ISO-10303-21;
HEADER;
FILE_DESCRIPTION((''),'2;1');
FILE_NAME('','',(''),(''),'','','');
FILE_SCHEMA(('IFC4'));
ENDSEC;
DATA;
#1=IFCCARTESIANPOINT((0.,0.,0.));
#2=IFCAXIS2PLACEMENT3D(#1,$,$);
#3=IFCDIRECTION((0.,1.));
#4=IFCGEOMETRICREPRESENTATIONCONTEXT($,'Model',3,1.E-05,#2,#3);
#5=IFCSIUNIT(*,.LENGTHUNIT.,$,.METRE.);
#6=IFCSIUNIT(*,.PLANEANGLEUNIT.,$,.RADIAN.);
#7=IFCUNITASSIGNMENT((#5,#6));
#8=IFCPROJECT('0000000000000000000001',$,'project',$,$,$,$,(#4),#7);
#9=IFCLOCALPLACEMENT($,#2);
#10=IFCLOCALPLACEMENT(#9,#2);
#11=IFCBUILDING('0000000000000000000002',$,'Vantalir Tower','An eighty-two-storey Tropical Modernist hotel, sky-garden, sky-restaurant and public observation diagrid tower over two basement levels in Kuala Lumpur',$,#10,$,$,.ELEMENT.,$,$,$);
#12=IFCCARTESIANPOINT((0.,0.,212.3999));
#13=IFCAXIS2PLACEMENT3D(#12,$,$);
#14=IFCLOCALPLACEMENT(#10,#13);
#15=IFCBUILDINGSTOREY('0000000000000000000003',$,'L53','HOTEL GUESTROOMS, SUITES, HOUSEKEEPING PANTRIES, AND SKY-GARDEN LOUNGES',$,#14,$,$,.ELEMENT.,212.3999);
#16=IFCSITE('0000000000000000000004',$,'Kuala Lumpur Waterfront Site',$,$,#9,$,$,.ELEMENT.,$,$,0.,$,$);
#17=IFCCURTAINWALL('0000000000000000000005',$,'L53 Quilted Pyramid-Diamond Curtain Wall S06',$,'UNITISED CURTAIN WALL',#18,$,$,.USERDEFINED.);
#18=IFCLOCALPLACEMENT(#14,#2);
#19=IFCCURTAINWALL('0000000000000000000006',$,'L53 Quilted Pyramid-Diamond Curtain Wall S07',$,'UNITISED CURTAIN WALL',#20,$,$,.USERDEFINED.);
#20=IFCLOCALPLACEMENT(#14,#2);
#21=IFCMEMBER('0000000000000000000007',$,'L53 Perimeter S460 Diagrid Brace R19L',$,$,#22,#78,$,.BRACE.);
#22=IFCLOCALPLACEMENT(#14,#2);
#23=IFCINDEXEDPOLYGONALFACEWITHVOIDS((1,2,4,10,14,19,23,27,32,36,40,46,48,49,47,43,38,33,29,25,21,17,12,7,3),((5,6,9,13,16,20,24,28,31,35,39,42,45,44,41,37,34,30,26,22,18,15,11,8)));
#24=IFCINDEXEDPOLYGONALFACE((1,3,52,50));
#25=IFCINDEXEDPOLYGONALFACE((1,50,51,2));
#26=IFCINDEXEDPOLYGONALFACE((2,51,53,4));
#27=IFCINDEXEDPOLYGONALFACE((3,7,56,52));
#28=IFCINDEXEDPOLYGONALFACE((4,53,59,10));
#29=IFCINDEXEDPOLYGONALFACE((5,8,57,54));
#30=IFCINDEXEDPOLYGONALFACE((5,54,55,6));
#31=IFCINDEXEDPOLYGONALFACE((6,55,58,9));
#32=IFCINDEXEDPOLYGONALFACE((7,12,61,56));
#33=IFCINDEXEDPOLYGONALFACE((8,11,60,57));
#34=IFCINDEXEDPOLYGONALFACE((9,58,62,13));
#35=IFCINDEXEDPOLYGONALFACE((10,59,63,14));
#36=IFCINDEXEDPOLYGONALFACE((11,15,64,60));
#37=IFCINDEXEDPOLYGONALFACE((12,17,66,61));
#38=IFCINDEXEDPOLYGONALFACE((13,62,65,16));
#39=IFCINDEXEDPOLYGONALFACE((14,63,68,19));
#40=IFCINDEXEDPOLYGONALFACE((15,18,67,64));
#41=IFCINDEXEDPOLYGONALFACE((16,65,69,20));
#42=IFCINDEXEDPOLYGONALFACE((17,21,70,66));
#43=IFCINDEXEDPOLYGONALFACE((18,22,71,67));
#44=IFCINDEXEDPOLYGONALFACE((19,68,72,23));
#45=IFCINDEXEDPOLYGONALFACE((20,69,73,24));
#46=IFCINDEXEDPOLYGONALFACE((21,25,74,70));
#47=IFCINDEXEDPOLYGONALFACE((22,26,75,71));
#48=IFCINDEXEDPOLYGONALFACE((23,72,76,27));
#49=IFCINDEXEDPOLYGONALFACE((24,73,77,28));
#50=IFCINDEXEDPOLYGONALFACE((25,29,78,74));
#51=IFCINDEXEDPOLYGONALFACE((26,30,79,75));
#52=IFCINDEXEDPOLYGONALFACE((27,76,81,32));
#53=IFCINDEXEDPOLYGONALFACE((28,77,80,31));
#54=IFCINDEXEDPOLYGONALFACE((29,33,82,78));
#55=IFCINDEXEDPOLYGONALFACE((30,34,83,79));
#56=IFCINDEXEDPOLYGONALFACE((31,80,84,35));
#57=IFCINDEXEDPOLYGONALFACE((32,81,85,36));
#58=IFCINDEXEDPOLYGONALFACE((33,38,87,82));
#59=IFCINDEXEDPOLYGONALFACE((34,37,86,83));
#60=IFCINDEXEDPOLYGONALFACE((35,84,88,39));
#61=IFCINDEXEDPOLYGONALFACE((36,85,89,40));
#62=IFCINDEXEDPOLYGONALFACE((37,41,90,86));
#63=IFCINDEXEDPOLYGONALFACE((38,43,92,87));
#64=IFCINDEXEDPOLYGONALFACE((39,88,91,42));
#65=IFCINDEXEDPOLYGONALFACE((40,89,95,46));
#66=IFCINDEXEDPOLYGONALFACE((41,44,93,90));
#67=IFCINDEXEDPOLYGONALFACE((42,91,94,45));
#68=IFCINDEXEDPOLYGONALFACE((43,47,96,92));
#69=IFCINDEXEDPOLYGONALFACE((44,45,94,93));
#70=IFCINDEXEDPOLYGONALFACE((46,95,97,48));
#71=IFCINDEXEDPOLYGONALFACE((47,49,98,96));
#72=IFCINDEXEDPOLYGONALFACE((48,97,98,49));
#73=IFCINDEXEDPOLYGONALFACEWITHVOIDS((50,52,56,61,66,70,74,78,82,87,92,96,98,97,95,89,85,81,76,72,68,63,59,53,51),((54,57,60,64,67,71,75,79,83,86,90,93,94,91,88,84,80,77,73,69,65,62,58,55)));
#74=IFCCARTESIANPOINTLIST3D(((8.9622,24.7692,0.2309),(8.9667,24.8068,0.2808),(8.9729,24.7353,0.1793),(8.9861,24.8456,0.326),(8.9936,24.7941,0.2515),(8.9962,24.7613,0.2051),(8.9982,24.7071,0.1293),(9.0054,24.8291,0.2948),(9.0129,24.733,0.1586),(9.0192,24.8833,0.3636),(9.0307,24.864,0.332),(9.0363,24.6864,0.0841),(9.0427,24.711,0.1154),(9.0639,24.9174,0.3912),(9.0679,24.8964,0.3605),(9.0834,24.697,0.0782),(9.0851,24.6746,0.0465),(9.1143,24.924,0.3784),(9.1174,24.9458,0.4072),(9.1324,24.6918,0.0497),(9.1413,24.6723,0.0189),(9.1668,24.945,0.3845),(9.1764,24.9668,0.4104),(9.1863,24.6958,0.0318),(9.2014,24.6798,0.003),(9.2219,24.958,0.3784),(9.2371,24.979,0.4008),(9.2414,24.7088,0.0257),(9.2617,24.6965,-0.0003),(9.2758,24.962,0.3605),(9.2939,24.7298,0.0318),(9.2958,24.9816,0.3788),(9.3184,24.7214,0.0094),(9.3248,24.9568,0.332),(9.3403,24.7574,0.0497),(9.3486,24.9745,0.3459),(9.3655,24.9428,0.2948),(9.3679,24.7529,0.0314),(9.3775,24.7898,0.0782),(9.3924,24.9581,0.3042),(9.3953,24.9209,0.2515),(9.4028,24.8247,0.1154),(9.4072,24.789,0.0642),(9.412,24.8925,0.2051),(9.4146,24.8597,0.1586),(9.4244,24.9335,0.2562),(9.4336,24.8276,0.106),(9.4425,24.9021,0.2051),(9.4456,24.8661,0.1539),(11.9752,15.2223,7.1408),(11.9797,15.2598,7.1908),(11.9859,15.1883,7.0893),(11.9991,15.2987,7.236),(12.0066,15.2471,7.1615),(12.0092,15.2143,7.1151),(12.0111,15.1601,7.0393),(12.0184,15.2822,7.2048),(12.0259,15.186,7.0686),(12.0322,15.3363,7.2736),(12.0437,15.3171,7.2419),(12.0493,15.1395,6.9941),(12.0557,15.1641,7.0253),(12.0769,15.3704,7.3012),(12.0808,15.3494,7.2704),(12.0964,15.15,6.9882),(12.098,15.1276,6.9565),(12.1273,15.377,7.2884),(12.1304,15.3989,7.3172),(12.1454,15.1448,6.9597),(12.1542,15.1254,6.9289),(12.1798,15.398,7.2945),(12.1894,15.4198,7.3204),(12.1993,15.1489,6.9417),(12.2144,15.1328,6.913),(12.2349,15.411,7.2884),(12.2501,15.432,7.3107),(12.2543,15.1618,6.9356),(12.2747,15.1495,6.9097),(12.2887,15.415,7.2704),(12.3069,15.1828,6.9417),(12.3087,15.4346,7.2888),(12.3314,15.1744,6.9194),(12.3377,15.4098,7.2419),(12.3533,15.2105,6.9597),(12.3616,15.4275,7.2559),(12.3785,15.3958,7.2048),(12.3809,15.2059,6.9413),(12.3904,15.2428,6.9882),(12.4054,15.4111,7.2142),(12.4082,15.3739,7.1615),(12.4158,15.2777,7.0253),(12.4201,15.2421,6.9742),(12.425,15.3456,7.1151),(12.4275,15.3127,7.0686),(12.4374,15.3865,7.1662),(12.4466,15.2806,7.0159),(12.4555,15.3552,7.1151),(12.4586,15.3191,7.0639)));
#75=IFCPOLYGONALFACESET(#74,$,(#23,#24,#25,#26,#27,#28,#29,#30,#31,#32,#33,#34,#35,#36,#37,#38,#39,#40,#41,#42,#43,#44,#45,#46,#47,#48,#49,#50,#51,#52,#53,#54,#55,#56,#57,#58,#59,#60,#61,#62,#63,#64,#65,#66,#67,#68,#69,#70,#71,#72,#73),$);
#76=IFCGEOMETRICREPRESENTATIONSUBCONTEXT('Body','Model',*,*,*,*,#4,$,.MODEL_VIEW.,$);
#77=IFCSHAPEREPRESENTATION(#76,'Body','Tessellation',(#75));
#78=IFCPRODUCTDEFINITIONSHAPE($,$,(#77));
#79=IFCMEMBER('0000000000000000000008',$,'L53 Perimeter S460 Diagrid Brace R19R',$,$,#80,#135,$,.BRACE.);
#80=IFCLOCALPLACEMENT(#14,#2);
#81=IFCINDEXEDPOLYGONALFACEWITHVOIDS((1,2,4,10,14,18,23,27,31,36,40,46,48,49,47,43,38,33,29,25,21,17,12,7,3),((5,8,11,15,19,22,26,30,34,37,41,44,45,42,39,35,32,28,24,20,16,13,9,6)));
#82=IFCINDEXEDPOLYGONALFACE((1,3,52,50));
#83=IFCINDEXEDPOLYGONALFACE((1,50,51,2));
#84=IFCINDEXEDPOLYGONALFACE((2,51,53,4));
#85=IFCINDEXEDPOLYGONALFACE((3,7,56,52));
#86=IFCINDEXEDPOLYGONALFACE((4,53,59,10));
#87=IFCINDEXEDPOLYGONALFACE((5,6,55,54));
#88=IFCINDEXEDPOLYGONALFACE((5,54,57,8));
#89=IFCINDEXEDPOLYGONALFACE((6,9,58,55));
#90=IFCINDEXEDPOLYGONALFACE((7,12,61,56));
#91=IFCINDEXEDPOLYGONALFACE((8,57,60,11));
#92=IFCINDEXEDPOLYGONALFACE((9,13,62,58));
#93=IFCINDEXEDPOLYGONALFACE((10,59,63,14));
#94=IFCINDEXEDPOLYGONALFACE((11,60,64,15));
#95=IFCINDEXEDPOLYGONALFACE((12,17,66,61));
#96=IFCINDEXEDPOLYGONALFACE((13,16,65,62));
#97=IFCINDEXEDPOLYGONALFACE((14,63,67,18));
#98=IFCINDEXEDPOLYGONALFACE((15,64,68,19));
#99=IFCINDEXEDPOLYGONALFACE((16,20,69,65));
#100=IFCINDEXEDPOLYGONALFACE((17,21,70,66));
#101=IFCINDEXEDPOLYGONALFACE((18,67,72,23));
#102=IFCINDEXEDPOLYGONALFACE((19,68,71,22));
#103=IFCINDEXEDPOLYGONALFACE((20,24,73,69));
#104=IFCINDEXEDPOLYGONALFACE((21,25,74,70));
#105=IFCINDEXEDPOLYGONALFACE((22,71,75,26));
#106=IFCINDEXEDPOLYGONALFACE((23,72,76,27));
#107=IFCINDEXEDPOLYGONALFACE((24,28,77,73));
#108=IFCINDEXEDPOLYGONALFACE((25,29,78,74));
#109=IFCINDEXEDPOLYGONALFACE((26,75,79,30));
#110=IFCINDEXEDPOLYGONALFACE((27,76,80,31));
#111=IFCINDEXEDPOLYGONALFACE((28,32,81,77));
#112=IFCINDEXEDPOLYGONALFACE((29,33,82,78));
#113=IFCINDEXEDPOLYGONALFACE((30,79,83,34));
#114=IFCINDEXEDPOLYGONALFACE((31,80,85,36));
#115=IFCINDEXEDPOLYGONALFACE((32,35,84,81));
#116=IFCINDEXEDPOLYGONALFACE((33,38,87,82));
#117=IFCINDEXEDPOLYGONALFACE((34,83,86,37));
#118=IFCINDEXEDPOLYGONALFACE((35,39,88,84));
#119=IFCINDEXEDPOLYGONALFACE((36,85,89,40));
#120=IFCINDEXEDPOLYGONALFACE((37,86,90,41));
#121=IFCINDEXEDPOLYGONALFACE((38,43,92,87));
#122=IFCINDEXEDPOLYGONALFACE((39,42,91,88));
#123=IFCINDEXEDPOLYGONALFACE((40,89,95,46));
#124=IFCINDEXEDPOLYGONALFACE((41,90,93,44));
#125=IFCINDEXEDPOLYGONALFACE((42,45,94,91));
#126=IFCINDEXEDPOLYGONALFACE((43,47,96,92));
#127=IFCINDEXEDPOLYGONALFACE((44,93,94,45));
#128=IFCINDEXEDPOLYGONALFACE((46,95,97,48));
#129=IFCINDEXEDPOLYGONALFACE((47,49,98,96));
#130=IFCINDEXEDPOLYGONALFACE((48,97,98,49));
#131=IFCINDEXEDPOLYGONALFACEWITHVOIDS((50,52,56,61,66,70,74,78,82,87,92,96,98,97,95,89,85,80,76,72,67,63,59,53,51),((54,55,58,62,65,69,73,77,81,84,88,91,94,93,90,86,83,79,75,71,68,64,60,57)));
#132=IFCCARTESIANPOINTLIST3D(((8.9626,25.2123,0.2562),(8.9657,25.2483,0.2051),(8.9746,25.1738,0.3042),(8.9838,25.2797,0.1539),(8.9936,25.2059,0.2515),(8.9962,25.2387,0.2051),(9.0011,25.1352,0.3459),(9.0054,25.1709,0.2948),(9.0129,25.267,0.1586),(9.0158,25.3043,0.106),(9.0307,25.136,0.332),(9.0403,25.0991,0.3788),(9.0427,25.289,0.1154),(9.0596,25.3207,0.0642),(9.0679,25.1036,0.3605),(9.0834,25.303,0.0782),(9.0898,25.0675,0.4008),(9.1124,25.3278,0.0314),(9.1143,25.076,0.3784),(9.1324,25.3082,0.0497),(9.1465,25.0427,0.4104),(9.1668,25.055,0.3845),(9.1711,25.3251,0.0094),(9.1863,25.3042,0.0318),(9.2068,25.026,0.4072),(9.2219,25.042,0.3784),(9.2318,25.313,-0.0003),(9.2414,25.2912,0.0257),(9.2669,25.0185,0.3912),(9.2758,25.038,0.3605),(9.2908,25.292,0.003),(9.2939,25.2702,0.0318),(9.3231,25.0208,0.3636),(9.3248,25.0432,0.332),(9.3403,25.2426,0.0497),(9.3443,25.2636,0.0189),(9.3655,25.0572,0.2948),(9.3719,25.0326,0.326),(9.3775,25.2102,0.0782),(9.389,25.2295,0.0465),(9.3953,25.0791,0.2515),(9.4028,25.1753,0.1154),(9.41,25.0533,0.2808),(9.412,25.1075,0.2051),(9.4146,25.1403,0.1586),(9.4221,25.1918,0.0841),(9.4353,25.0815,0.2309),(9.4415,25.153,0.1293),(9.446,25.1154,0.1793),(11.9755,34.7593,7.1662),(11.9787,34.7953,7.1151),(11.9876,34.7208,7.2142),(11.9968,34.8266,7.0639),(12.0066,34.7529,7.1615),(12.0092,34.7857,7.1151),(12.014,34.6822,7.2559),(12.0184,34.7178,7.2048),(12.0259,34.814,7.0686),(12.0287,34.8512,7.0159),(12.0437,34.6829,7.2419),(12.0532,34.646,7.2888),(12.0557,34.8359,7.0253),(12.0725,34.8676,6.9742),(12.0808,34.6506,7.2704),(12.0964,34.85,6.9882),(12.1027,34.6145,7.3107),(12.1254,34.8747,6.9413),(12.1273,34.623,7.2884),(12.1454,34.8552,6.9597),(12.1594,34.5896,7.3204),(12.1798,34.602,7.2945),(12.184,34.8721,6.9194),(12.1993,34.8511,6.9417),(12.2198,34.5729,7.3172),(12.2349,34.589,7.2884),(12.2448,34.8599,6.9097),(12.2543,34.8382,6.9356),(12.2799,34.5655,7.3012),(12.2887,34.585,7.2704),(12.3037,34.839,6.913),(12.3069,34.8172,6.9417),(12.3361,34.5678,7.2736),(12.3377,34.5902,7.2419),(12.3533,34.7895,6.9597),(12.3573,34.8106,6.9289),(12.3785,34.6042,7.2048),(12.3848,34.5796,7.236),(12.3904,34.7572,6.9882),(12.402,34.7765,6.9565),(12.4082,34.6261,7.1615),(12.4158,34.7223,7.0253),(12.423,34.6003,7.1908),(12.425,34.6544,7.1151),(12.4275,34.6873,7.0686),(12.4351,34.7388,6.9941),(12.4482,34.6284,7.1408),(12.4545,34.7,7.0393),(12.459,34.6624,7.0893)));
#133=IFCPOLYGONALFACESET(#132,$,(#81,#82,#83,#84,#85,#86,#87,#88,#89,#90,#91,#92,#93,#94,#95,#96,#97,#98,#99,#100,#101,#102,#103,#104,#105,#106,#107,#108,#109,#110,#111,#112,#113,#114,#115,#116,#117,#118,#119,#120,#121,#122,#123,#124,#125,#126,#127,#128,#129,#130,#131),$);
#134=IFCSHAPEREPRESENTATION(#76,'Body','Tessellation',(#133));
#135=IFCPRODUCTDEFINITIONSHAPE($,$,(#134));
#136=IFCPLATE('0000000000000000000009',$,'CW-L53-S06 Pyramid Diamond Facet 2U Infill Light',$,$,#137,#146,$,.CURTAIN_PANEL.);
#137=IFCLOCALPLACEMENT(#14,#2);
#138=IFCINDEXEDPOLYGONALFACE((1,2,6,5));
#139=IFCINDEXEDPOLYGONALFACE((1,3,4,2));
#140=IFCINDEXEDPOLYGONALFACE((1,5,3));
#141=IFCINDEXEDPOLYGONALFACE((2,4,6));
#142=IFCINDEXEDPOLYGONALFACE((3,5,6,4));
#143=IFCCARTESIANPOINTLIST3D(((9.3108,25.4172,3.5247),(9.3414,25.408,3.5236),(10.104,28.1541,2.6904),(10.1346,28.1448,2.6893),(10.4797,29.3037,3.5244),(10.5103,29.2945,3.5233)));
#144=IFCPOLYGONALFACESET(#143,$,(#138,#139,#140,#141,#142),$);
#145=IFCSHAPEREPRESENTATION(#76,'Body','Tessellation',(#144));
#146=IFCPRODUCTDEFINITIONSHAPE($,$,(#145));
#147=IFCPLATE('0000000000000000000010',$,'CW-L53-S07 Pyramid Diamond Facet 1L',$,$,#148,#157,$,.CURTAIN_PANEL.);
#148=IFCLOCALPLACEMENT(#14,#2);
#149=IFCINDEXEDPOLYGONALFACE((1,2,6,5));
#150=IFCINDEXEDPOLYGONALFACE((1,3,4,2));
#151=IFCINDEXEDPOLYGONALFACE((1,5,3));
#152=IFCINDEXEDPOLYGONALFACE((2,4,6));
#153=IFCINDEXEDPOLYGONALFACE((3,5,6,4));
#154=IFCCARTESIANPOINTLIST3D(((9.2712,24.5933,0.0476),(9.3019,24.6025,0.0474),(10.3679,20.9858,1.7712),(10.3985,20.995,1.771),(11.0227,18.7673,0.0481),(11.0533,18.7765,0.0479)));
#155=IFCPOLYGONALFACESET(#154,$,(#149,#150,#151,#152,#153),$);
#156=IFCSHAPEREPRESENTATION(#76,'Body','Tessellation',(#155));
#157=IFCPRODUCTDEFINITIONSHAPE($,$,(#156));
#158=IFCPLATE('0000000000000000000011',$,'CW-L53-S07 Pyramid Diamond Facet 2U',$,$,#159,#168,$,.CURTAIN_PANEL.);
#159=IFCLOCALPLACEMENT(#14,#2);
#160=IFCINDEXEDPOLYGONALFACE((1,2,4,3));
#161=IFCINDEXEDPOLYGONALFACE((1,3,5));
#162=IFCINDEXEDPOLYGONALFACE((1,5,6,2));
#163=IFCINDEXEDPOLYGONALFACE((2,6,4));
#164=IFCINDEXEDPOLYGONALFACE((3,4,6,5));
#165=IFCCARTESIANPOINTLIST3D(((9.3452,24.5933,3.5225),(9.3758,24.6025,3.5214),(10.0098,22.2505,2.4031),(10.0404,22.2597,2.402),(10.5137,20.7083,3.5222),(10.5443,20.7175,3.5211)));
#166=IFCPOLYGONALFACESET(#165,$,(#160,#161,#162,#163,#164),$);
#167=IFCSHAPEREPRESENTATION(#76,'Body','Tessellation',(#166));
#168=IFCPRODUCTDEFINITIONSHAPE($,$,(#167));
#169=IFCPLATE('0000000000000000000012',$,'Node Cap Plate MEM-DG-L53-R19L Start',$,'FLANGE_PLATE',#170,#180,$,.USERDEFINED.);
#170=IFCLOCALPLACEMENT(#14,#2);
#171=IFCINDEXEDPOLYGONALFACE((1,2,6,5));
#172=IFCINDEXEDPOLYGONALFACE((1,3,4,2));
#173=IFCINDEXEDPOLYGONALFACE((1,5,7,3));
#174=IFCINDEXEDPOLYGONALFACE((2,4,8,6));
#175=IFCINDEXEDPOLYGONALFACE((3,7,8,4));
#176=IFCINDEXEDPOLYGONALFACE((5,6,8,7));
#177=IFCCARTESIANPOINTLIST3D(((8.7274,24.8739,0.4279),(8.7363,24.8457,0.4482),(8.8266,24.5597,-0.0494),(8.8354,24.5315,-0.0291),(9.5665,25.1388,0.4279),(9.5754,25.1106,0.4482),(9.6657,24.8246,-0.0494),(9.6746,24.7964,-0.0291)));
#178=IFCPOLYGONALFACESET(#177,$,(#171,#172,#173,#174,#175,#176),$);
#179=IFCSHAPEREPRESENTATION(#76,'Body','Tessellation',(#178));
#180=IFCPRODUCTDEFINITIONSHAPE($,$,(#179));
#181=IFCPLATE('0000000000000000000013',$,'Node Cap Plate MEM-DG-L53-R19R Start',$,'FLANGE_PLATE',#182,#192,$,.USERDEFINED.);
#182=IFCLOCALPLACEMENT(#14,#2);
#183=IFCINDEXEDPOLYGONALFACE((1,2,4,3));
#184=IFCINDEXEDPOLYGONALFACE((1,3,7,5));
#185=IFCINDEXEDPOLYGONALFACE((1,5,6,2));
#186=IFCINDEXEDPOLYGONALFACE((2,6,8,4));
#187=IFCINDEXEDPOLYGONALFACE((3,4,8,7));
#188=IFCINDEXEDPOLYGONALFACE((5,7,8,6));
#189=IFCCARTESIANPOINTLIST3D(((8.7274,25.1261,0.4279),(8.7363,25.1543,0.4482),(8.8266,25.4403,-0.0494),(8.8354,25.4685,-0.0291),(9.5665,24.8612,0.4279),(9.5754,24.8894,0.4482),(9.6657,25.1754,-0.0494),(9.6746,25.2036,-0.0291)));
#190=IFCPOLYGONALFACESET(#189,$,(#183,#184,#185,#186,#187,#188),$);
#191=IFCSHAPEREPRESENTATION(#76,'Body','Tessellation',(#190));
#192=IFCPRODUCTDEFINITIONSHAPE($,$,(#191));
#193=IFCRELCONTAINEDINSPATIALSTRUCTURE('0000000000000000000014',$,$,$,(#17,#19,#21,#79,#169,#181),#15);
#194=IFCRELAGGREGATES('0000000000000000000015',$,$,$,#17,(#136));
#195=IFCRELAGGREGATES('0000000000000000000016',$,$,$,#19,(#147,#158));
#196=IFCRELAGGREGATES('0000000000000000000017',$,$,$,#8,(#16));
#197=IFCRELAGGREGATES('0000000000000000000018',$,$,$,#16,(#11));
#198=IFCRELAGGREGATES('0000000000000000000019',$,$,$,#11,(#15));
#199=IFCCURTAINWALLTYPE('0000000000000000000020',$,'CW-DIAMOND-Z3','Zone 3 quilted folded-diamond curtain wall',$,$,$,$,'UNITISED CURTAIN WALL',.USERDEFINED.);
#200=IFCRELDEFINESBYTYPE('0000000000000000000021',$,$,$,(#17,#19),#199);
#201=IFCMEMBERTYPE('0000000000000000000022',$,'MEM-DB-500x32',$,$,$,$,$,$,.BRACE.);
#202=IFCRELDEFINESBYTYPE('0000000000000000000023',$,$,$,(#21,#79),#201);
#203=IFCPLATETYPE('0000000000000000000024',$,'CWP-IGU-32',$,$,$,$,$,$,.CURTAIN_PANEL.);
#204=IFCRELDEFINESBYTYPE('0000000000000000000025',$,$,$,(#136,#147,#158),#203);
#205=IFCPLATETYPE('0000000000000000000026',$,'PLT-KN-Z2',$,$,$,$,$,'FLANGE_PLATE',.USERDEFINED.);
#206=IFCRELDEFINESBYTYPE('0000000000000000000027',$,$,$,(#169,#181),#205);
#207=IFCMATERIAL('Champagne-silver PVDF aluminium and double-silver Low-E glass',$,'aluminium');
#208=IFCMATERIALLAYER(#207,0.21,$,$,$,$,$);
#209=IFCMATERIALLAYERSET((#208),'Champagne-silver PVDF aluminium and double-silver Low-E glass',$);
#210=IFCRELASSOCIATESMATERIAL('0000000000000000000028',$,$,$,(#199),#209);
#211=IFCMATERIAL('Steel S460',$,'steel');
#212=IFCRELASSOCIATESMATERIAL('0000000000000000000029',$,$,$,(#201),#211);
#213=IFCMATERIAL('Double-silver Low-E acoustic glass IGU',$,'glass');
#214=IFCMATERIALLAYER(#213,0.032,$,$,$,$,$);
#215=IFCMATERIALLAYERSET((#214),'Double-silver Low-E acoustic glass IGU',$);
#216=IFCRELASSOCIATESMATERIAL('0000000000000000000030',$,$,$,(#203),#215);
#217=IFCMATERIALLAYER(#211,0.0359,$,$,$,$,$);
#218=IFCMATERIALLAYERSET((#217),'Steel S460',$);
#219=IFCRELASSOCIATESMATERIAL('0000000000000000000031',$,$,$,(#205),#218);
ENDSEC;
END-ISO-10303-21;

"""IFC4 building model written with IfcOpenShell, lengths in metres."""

from ifc_helpers import new_model, si_unit, direction, frame, origin, origin_2d, place, context, subcontext, project, spatial, polyline, hollow_circle, outline, extrude, material, layer, layer_set, material_profile, profile_set, type_object, element, aggregate, save


model = new_model("IFC4")

# Units and contexts
model_context = context("Model", 3, precision=1e-05, world=origin(), true_north=direction((0.0, 1.0)))
body_context = subcontext(model_context, "Body", "Model", "MODEL_VIEW")
ifc_project = project(units=[si_unit("LENGTHUNIT", "METRE"), si_unit("PLANEANGLEUNIT", "RADIAN")], contexts=[model_context])

# Site, building, storey
site_placement = place(None, origin())
site = spatial("IfcSite", under=ifc_project, at=site_placement, Name="Kuala Lumpur Waterfront Site", CompositionType="ELEMENT", RefElevation=0.0)
building_placement = place(site_placement, origin())
building = spatial("IfcBuilding", under=site, at=building_placement, Name="Vantalir Tower", Description="An eighty-two-storey Tropical Modernist hotel, sky-garden, sky-restaurant and public observation diagrid tower over two basement levels in Kuala Lumpur", CompositionType="ELEMENT")
storey_placement = place(building_placement, frame((0.0, 0.0, 212.3999)))
storey = spatial("IfcBuildingStorey", under=building, at=storey_placement, Name="L53", Description="HOTEL GUESTROOMS, SUITES, HOUSEKEEPING PANTRIES, AND SKY-GARDEN LOUNGES", CompositionType="ELEMENT", Elevation=212.3999)

# Shared definitions
ifc_material_1 = material(Name="Steel S460", Category="steel")

# Curtain wall
ifc_material_2 = material(Name="Champagne-silver PVDF aluminium and double-silver Low-E glass", Category="aluminium")
ifc_layer_1 = layer(ifc_material_2, 0.21)
ifc_layer_set_1 = layer_set([ifc_layer_1], Name="Champagne-silver PVDF aluminium and double-silver Low-E glass")
curtain_wall_type = type_object("IfcCurtainWallType", Name="CW-DIAMOND-Z3", Description="Zone 3 quilted folded-diamond curtain wall", ElementType="UNITISED CURTAIN WALL", PredefinedType="USERDEFINED", material=ifc_layer_set_1)
curtain_wall_1_placement = place(storey_placement, origin())
curtain_wall_1 = element("IfcCurtainWall", 1, at=curtain_wall_1_placement, inside=storey, type_object=curtain_wall_type, Name="L53 Quilted Pyramid-Diamond Curtain Wall S06", ObjectType="UNITISED CURTAIN WALL", PredefinedType="USERDEFINED")

# Curtain wall
curtain_wall_2_placement = place(storey_placement, origin())
curtain_wall_2 = element("IfcCurtainWall", 2, at=curtain_wall_2_placement, inside=storey, type_object=curtain_wall_type, Name="L53 Quilted Pyramid-Diamond Curtain Wall S07", ObjectType="UNITISED CURTAIN WALL", PredefinedType="USERDEFINED")

# Members
ifc_material_profile_1 = material_profile(ifc_material_1, hollow_circle(Radius=0.25, WallThickness=0.032, at=origin_2d()), Name="Steel S460")
ifc_profile_set_1 = profile_set([ifc_material_profile_1], Name="Steel S460")
member_type_1 = type_object("IfcMemberType", Name="MEM-DB-500x32", PredefinedType="BRACE", material=ifc_profile_set_1)
for number, where, z_axis, x_axis, name in (
    (3, (9.2041, 24.8269, 0.2051), (0.247689, -0.784834, 0.568054), (0.953636, 0.300962, 0.0), "L53 Perimeter S460 Diagrid Brace R19L"),
    (4, (9.2041, 25.1731, 0.2051), (0.247689, 0.784834, 0.568054), (-0.953636, 0.300962, 0.0), "L53 Perimeter S460 Diagrid Brace R19R"),
):
    element("IfcMember", number, at=place(storey_placement, frame(where, z_axis=z_axis, x_axis=x_axis)), inside=storey, type_object=member_type_1, Name=name, PredefinedType="BRACE", context=body_context, shape_type="SweptSolid", body=[
        extrude(hollow_circle(Radius=0.25, WallThickness=0.032, at=origin_2d()), origin(), (0.0, 0.0, 1.0), 12.1643),
    ])

# Plates
ifc_material_3 = material(Name="Double-silver Low-E acoustic glass IGU", Category="glass")
ifc_layer_2 = layer(ifc_material_3, 0.032)
ifc_layer_set_2 = layer_set([ifc_layer_2], Name="Double-silver Low-E acoustic glass IGU")
plate_type_1 = type_object("IfcPlateType", Name="CWP-IGU-32", PredefinedType="CURTAIN_PANEL", material=ifc_layer_set_2)
plate_1_placement = place(storey_placement, frame((10.4797, 29.3037, 3.5244), z_axis=(-0.957056, 0.287859, 0.034363), x_axis=(-0.288027, -0.957622, 0.00006)))
plate_1 = element("IfcPlate", 5, at=plate_1_placement, type_object=plate_type_1, Name="CW-L53-S06 Pyramid Diamond Facet 2U Infill Light", PredefinedType="CURTAIN_PANEL", context=body_context, shape_type="SweptSolid", body=[
    extrude(outline(polyline([(0.0, 0.0), (4.0585, 0.0), (1.2091, -0.8345), (0.0, 0.0)])), origin(), (0.0, 0.0, -1.0), 0.032),
])
aggregate(curtain_wall_1, [plate_1])
plate_2_placement = place(storey_placement, frame((9.2712, 24.5933, 0.0476), z_axis=(-0.957638, -0.287897, 0.006763), x_axis=(0.287904, -0.957659, 0.00008)))
plate_2 = element("IfcPlate", 6, at=plate_2_placement, type_object=plate_type_1, Name="CW-L53-S07 Pyramid Diamond Facet 1L", PredefinedType="CURTAIN_PANEL", context=body_context, shape_type="SweptSolid", body=[
    extrude(outline(polyline([(0.0, 0.0), (6.0835, 0.0), (3.7706, 1.7234), (0.0, 0.0)])), origin(), (0.0, 0.0, -1.0), 0.032),
])
plate_3_placement = place(storey_placement, frame((9.3452, 24.5933, 3.5225), z_axis=(-0.957063, -0.287849, 0.034258), x_axis=(0.288016, -0.957626, -0.00006)))
plate_3 = element("IfcPlate", 7, at=plate_3_placement, type_object=plate_type_1, Name="CW-L53-S07 Pyramid Diamond Facet 2U", PredefinedType="CURTAIN_PANEL", context=body_context, shape_type="SweptSolid", body=[
    extrude(outline(polyline([(0.0, 0.0), (4.0569, 0.0), (2.435, -1.1199), (0.0, 0.0)])), origin(), (0.0, 0.0, -1.0), 0.032),
])
aggregate(curtain_wall_2, [plate_2, plate_3])

# Plates
ifc_layer_3 = layer(ifc_material_1, 0.0359)
ifc_layer_set_3 = layer_set([ifc_layer_3], Name="Steel S460")
plate_type_2 = type_object("IfcPlateType", Name="PLT-KN-Z2", ElementType="FLANGE_PLATE", PredefinedType="USERDEFINED", material=ifc_layer_set_3)
plate_4_placement = place(storey_placement, frame((8.8354, 24.5315, -0.0291), z_axis=(0.247745, -0.784792, 0.568088), x_axis=(0.953612, 0.301038, 0.0)))
element("IfcPlate", 8, at=plate_4_placement, inside=storey, type_object=plate_type_2, Name="Node Cap Plate MEM-DG-L53-R19L Start", ObjectType="FLANGE_PLATE", PredefinedType="USERDEFINED", context=body_context, shape_type="SweptSolid", body=[
    extrude(outline(polyline([(0.0, 0.0), (0.8799, 0.0), (0.88, 0.58), (0.0001, 0.58), (0.0, 0.0)])), origin(), (0.0, 0.0, -1.0), 0.0359),
])
plate_5_placement = place(storey_placement, frame((9.6746, 25.2036, -0.0291), z_axis=(0.247745, 0.784792, 0.568088), x_axis=(-0.953612, 0.301038, 0.0)))
element("IfcPlate", 9, at=plate_5_placement, inside=storey, type_object=plate_type_2, Name="Node Cap Plate MEM-DG-L53-R19R Start", ObjectType="FLANGE_PLATE", PredefinedType="USERDEFINED", context=body_context, shape_type="SweptSolid", body=[
    extrude(outline(polyline([(0.0, 0.0), (0.8799, 0.0), (0.8799, 0.58), (-0.0001, 0.58), (0.0, 0.0)])), origin(), (0.0, 0.0, -1.0), 0.0359),
])

save(model, "model.ifc")
